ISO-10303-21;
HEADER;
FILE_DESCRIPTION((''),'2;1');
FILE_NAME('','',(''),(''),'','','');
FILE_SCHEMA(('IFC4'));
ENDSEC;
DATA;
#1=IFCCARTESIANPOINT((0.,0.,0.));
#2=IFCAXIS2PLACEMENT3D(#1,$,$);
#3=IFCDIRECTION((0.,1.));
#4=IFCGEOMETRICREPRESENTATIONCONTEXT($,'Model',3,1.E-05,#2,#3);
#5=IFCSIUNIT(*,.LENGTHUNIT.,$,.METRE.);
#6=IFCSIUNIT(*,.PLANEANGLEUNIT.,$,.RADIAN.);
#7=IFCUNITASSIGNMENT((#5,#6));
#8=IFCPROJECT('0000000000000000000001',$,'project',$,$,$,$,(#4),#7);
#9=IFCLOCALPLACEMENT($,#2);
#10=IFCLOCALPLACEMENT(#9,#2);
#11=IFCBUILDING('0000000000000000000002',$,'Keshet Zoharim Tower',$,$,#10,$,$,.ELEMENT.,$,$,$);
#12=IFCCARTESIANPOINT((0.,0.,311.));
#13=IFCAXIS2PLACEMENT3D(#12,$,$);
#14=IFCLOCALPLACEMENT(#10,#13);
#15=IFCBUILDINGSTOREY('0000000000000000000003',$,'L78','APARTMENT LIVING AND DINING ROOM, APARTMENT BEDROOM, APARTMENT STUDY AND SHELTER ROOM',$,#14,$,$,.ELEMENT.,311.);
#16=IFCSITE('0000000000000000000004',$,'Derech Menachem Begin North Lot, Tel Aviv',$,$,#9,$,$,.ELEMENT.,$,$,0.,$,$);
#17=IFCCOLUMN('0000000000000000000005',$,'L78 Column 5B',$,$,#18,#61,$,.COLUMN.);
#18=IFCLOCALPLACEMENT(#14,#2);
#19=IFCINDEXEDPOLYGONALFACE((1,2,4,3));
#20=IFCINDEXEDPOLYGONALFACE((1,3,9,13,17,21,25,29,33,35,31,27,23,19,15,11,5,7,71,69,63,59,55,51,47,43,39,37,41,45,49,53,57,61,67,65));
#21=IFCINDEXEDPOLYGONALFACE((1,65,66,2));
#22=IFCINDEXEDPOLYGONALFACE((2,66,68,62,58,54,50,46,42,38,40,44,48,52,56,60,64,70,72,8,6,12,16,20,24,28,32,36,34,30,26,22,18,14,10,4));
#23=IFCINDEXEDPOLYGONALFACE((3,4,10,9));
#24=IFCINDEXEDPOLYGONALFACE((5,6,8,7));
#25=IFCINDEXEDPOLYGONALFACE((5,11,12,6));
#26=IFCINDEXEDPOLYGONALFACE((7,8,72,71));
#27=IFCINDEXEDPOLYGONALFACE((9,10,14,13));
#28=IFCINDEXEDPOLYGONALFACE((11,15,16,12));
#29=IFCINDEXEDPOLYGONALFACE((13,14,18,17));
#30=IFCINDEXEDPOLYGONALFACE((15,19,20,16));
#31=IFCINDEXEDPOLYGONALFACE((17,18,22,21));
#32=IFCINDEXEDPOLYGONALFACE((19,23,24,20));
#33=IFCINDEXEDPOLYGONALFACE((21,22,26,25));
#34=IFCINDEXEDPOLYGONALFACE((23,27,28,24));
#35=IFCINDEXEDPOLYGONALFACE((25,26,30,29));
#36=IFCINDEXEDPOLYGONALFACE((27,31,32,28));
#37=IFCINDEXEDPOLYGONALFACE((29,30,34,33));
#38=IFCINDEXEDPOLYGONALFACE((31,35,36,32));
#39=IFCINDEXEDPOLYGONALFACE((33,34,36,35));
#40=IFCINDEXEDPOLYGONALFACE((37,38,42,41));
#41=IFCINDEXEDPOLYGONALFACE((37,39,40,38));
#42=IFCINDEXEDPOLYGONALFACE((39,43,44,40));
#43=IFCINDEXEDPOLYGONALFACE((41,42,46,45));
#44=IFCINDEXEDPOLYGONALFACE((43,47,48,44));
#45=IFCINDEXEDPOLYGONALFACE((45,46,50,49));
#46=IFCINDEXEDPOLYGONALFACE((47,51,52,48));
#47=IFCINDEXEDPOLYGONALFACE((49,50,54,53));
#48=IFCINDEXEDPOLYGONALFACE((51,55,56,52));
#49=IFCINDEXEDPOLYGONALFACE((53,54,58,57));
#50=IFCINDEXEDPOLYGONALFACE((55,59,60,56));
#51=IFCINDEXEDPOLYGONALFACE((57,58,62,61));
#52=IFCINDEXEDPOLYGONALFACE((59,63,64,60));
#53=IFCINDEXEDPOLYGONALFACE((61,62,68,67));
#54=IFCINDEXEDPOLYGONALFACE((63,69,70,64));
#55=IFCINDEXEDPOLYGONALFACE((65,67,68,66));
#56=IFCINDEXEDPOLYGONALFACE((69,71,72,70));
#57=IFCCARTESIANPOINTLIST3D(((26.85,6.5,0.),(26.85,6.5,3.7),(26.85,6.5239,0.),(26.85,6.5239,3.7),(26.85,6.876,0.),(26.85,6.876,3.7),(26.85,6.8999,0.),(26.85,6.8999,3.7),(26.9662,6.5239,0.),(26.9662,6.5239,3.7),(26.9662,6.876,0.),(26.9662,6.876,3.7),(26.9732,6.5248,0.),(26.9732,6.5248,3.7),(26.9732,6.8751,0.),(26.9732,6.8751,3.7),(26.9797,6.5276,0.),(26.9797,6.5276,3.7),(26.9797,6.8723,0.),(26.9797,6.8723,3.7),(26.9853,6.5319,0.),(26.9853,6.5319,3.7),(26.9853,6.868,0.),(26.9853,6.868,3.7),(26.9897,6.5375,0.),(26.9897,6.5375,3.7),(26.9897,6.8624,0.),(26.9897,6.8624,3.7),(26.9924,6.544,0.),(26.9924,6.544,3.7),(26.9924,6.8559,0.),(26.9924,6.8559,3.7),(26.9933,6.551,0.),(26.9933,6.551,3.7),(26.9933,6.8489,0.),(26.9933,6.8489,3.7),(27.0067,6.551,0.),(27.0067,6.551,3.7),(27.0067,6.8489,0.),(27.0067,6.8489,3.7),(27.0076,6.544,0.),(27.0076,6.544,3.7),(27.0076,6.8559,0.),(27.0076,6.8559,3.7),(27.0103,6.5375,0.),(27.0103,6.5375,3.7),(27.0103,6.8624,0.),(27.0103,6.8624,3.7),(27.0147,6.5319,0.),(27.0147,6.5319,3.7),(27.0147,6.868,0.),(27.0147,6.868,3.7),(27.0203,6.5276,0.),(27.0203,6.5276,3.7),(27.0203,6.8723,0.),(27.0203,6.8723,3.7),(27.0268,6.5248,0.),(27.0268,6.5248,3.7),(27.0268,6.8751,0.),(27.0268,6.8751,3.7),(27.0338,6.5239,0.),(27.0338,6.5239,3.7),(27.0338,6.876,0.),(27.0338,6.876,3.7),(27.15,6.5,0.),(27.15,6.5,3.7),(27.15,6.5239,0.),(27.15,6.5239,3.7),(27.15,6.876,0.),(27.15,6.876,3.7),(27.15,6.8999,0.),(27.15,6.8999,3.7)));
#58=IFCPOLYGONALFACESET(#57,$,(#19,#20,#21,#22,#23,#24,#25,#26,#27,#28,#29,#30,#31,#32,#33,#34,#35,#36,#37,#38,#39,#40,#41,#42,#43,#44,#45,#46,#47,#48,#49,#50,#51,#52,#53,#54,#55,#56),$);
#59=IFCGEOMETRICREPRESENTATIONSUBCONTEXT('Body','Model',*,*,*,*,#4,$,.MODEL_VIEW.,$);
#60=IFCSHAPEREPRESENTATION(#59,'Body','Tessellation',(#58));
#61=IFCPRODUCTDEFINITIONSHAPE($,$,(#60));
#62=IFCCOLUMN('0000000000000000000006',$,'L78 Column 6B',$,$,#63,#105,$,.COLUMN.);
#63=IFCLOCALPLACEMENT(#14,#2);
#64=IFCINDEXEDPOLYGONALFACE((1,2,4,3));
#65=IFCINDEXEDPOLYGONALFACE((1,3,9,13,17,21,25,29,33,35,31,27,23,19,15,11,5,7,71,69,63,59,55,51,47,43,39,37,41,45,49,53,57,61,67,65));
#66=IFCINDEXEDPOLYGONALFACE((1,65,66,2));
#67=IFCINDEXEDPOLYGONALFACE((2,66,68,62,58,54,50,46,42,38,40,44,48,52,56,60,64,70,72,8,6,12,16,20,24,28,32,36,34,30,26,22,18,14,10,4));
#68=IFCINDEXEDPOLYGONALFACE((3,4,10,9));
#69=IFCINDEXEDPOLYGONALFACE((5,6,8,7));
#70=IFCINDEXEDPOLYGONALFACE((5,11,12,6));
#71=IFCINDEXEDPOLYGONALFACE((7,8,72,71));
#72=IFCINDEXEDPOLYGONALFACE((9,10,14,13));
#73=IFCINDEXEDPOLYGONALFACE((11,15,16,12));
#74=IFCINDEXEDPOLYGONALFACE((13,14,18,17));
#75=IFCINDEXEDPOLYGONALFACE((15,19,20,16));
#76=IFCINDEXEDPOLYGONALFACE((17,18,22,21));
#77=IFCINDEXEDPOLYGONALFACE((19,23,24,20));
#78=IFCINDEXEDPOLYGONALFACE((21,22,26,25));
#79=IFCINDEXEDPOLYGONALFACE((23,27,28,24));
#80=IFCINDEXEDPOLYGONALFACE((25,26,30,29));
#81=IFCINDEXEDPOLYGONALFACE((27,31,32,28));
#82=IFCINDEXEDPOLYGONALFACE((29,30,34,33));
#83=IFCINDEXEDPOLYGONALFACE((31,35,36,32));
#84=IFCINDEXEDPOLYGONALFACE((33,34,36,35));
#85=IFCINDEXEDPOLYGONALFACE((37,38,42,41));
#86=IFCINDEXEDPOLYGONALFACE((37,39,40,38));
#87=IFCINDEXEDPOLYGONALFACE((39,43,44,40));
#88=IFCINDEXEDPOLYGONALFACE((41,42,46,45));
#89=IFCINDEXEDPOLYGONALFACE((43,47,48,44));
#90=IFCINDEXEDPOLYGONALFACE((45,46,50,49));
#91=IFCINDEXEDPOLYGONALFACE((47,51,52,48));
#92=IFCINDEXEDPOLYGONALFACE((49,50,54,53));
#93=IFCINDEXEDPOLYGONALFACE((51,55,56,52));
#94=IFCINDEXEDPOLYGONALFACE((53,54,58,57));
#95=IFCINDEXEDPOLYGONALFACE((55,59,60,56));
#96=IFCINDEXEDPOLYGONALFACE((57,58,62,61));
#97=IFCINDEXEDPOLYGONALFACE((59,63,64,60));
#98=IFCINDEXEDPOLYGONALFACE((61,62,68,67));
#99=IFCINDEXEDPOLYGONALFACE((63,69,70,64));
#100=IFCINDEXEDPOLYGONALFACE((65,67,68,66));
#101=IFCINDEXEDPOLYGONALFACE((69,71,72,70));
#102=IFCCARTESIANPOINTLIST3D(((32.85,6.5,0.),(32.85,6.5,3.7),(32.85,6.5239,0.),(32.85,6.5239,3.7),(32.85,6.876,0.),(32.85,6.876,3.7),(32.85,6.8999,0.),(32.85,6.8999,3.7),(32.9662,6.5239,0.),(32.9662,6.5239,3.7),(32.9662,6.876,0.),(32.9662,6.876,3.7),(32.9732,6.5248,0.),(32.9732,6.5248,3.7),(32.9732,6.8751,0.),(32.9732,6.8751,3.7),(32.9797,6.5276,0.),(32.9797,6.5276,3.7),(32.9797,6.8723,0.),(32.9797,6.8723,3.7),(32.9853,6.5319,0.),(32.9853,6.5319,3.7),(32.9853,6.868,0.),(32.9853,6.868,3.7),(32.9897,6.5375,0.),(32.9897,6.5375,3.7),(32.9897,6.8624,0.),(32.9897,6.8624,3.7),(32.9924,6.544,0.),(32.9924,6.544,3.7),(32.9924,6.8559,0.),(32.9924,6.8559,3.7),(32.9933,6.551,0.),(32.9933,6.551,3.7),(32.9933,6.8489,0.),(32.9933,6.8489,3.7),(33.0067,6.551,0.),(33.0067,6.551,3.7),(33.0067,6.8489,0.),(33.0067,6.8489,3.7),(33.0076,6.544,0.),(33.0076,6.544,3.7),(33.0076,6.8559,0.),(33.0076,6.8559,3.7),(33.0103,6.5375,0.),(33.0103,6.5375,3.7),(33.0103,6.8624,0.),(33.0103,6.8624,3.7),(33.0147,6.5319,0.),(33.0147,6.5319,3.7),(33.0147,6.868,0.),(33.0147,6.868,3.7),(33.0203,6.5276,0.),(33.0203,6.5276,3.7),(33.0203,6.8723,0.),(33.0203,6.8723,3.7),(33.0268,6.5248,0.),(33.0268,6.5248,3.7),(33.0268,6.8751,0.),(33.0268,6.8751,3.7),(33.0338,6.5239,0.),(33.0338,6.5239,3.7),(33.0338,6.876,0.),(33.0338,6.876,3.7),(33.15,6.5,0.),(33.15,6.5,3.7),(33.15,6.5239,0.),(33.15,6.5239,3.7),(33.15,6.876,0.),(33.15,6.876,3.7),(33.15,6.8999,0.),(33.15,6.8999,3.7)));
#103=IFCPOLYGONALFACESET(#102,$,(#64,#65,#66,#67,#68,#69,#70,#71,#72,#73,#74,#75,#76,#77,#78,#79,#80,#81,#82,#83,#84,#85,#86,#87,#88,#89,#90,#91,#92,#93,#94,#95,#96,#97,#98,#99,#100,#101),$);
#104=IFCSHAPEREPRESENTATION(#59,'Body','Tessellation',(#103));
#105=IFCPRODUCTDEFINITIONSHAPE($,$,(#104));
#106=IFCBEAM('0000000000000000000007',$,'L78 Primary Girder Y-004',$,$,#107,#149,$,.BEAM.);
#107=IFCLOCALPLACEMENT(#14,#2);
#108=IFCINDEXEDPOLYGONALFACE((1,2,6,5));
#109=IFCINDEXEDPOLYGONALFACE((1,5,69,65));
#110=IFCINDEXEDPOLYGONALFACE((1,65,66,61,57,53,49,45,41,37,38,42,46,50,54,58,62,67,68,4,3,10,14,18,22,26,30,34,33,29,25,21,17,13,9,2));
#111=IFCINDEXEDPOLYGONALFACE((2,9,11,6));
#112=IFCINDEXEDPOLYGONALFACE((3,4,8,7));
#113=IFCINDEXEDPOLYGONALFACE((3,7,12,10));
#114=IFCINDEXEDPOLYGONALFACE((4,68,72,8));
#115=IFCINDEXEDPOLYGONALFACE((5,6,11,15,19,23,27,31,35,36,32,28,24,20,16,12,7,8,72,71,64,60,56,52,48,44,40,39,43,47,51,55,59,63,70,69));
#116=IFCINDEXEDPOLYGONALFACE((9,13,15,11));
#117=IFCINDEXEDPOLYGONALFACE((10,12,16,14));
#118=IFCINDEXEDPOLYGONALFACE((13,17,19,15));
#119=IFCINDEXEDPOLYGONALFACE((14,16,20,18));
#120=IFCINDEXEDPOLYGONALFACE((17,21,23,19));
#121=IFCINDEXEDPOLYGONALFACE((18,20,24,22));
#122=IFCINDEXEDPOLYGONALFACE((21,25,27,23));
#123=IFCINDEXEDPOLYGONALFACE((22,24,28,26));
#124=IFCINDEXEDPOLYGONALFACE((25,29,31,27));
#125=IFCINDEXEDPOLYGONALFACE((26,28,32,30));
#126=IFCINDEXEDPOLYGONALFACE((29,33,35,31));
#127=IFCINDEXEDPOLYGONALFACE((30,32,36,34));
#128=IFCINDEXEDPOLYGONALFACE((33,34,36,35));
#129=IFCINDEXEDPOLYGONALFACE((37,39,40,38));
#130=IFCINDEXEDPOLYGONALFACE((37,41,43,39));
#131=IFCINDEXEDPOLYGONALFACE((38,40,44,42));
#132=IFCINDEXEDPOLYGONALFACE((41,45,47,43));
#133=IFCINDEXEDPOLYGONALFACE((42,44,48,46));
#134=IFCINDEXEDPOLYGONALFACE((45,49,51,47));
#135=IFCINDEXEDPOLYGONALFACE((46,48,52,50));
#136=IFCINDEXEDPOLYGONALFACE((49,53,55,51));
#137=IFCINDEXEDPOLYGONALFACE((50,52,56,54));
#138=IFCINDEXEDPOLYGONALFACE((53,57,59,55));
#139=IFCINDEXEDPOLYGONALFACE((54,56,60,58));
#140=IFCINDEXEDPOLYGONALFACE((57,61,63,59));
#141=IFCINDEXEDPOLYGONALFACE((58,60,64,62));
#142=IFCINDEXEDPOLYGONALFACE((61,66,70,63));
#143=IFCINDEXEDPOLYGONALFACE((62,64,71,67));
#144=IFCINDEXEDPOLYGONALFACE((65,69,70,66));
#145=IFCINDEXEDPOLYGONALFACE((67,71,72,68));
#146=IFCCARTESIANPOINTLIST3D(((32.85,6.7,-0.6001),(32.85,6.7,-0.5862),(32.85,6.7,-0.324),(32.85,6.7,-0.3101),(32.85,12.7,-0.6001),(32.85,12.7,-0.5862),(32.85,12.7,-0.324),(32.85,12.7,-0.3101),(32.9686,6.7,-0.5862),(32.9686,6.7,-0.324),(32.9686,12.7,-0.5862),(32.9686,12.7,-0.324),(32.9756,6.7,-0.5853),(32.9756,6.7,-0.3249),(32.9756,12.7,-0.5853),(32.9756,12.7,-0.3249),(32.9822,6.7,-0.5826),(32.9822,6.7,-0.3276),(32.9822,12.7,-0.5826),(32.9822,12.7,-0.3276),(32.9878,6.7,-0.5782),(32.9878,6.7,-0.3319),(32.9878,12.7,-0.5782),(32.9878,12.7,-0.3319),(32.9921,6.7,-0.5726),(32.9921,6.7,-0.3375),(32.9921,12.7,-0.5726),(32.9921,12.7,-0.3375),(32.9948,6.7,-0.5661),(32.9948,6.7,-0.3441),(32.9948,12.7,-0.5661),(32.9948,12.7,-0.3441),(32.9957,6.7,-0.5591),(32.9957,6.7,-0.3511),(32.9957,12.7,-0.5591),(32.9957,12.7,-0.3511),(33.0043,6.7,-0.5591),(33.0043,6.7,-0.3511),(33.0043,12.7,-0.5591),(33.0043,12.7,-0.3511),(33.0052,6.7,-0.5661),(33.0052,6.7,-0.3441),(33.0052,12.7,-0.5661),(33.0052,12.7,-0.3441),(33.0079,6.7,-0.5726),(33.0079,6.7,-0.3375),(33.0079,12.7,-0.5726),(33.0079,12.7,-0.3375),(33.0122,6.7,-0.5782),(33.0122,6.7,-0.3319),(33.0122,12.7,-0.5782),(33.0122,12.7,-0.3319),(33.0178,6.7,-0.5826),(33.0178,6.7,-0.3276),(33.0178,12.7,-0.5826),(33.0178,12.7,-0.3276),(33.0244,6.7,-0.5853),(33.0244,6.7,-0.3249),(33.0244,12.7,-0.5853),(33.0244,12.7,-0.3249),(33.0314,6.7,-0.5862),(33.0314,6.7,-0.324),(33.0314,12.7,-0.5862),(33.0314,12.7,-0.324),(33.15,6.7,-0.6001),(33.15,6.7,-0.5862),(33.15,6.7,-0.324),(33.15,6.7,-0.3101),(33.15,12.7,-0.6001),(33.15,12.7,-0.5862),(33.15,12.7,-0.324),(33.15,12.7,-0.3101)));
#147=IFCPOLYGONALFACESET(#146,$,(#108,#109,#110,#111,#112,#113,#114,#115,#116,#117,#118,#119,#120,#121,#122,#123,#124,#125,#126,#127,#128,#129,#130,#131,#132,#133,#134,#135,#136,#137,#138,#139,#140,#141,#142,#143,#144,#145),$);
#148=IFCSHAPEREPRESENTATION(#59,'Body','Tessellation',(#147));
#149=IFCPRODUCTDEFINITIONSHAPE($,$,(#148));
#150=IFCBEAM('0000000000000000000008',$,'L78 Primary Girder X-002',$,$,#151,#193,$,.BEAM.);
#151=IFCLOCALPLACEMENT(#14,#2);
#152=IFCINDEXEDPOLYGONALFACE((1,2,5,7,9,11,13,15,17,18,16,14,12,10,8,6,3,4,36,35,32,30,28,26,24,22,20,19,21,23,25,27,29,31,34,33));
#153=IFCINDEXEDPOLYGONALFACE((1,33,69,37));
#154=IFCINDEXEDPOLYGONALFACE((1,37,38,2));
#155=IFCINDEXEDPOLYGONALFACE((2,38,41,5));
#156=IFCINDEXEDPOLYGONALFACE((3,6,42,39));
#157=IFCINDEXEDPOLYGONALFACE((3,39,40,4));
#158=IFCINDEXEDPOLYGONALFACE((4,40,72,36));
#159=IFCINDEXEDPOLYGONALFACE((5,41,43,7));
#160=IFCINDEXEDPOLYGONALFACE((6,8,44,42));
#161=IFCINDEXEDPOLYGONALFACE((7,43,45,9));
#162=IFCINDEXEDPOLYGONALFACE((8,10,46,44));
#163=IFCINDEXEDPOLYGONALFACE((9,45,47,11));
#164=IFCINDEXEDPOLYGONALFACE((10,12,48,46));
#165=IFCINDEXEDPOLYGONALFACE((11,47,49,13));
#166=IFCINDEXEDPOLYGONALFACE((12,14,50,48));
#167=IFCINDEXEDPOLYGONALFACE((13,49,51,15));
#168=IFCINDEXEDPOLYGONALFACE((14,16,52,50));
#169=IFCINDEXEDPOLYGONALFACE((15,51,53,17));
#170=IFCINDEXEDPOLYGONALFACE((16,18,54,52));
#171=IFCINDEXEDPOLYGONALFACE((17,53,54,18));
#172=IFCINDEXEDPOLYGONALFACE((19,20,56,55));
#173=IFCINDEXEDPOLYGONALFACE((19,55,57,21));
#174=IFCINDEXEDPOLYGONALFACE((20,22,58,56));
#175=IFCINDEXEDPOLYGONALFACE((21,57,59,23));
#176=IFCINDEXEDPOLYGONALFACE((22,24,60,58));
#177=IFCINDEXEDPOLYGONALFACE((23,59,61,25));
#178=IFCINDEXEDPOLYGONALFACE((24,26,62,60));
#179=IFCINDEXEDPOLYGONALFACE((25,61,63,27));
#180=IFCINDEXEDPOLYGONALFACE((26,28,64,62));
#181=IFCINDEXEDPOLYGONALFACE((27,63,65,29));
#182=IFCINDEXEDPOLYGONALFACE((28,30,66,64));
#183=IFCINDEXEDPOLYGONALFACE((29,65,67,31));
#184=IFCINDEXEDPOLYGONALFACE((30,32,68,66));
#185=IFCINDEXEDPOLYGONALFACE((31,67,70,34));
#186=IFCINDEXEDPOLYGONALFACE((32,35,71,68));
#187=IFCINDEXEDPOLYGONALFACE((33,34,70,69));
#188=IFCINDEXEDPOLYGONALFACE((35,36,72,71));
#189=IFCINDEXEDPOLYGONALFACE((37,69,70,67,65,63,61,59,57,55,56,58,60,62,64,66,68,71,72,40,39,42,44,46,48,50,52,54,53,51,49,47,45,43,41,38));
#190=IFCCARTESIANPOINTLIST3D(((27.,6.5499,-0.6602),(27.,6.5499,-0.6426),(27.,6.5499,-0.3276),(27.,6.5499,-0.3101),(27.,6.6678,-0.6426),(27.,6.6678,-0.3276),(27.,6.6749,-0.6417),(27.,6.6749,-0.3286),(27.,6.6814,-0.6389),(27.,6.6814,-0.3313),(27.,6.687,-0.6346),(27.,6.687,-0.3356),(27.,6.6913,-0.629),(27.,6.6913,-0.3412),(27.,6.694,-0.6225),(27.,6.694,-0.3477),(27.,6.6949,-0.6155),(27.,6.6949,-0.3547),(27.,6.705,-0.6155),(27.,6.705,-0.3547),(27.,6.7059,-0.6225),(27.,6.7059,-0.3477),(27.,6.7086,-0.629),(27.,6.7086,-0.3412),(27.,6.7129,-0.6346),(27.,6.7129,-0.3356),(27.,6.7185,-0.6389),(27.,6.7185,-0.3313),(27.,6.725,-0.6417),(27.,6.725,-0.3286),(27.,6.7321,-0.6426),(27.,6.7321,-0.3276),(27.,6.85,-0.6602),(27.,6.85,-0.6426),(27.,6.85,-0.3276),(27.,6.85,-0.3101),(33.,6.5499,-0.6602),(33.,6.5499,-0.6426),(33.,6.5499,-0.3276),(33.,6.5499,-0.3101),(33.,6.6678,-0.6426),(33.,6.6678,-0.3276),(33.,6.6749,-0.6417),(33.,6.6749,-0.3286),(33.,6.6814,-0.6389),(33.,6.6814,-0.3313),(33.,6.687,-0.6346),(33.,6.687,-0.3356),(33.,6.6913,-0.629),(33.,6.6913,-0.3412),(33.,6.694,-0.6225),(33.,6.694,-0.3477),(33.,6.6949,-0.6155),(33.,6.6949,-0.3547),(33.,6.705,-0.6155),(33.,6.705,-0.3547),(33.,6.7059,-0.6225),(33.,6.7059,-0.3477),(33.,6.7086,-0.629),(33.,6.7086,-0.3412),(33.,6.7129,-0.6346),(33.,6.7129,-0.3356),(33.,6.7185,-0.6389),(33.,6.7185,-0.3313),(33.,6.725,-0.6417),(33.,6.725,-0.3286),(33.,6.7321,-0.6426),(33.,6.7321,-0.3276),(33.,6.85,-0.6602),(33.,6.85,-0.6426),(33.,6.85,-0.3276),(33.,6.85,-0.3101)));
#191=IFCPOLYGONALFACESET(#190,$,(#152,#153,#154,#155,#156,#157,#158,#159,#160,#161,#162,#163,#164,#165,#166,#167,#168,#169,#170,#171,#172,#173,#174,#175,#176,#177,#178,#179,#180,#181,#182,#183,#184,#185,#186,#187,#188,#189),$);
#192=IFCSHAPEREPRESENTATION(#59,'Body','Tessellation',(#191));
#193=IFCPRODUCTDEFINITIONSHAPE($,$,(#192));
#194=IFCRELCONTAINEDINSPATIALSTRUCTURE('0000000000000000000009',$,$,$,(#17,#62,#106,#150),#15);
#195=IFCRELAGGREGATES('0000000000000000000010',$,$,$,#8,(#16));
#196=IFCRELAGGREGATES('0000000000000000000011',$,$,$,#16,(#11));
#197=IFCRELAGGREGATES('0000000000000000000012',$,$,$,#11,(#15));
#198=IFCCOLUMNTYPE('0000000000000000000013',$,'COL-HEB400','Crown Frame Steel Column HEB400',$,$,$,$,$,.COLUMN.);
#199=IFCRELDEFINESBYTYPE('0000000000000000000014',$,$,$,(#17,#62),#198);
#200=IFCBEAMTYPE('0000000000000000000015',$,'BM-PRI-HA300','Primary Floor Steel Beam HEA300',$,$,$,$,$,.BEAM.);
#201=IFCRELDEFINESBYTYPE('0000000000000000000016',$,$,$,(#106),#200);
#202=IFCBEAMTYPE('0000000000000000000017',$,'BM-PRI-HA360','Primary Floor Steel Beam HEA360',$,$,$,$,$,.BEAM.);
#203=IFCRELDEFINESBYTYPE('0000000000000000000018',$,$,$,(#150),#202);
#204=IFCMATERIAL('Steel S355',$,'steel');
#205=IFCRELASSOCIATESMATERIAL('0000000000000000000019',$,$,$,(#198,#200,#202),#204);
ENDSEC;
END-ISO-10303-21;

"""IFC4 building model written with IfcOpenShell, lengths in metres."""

from ifc_helpers import new_model, si_unit, direction, frame, origin, origin_2d, place, context, subcontext, project, spatial, i_section, extrude, material, material_profile, profile_set, type_object, element, save


model = new_model("IFC4")

# Units and contexts
model_context = context("Model", 3, precision=1e-05, world=origin(), true_north=direction((0.0, 1.0)))
body_context = subcontext(model_context, "Body", "Model", "MODEL_VIEW")
ifc_project = project(units=[si_unit("LENGTHUNIT", "METRE"), si_unit("PLANEANGLEUNIT", "RADIAN")], contexts=[model_context])

# Site, building, storey
site_placement = place(None, origin())
site = spatial("IfcSite", under=ifc_project, at=site_placement, Name="Derech Menachem Begin North Lot, Tel Aviv", CompositionType="ELEMENT", RefElevation=0.0)
building_placement = place(site_placement, origin())
building = spatial("IfcBuilding", under=site, at=building_placement, Name="Keshet Zoharim Tower", CompositionType="ELEMENT")
storey_placement = place(building_placement, frame((0.0, 0.0, 311.0)))
storey = spatial("IfcBuildingStorey", under=building, at=storey_placement, Name="L78", Description="APARTMENT LIVING AND DINING ROOM, APARTMENT BEDROOM, APARTMENT STUDY AND SHELTER ROOM", CompositionType="ELEMENT", Elevation=311.0)

# Columns
ifc_material_1 = material(Name="Steel S355", Category="steel")
ifc_material_profile_1 = material_profile(ifc_material_1, i_section(OverallWidth=0.3, OverallDepth=0.3999, WebThickness=0.0134, FlangeThickness=0.0239, FilletRadius=0.0271, at=origin_2d()), Name="HEB400")
ifc_profile_set_1 = profile_set([ifc_material_profile_1], Name="Steel S355")
column_type = type_object("IfcColumnType", Name="COL-HEB400", Description="Crown Frame Steel Column HEB400", PredefinedType="COLUMN", material=ifc_profile_set_1)
for number, where, z_axis, x_axis, name in (
    (1, (27.0, 6.7, 0.0), (0.0, 0.0, 1.0), (1.0, 0.0, 0.0), "L78 Column 5B"),
    (2, (33.0, 6.7, 0.0), (0.0, 0.0, 1.0), (1.0, 0.0, 0.0), "L78 Column 6B"),
):
    element("IfcColumn", number, at=place(storey_placement, frame(where, z_axis=z_axis, x_axis=x_axis)), inside=storey, type_object=column_type, Name=name, PredefinedType="COLUMN", context=body_context, shape_type="SweptSolid", body=[
        extrude(i_section(OverallWidth=0.3, OverallDepth=0.3999, WebThickness=0.0134, FlangeThickness=0.0239, FilletRadius=0.0271, at=origin_2d()), origin(), (0.0, 0.0, 1.0), 3.7),
    ])

# Beams
ifc_material_profile_2 = material_profile(ifc_material_1, i_section(OverallWidth=0.3, OverallDepth=0.29, WebThickness=0.0085, FlangeThickness=0.0139, FilletRadius=0.0271, at=origin_2d()), Name="HEA300")
ifc_profile_set_2 = profile_set([ifc_material_profile_2], Name="Steel S355")
beam_type_1 = type_object("IfcBeamType", Name="BM-PRI-HA300", Description="Primary Floor Steel Beam HEA300", PredefinedType="BEAM", material=ifc_profile_set_2)
beam_placement = place(storey_placement, frame((33.0, 6.7, -0.4551), z_axis=(0.0, 1.0, 0.0), x_axis=(-1.0, 0.0, 0.0)))
element("IfcBeam", 3, at=beam_placement, inside=storey, type_object=beam_type_1, Name="L78 Primary Girder Y-004", PredefinedType="BEAM", context=body_context, shape_type="SweptSolid", body=[
    extrude(i_section(OverallWidth=0.3, OverallDepth=0.29, WebThickness=0.0085, FlangeThickness=0.0139, FilletRadius=0.0271, at=origin_2d()), origin(), (0.0, 0.0, 1.0), 6.0),
])
ifc_material_profile_3 = material_profile(ifc_material_1, i_section(OverallWidth=0.3, OverallDepth=0.3501, WebThickness=0.01, FlangeThickness=0.0176, FilletRadius=0.0271, at=origin_2d()), Name="HEA360")
ifc_profile_set_3 = profile_set([ifc_material_profile_3], Name="Steel S355")
beam_type_2 = type_object("IfcBeamType", Name="BM-PRI-HA360", Description="Primary Floor Steel Beam HEA360", PredefinedType="BEAM", material=ifc_profile_set_3)
for number, where, z_axis, x_axis, name in (
    (4, (27.0, 6.7, -0.4851), (1.0, 0.0, 0.0), (0.0, 1.0, 0.0), "L78 Primary Girder X-002"),
):
    element("IfcBeam", number, at=place(storey_placement, frame(where, z_axis=z_axis, x_axis=x_axis)), inside=storey, type_object=beam_type_2, Name=name, PredefinedType="BEAM", context=body_context, shape_type="SweptSolid", body=[
        extrude(i_section(OverallWidth=0.3, OverallDepth=0.3501, WebThickness=0.01, FlangeThickness=0.0176, FilletRadius=0.0271, at=origin_2d()), origin(), (0.0, 0.0, 1.0), 6.0),
    ])

save(model, "model.ifc")
